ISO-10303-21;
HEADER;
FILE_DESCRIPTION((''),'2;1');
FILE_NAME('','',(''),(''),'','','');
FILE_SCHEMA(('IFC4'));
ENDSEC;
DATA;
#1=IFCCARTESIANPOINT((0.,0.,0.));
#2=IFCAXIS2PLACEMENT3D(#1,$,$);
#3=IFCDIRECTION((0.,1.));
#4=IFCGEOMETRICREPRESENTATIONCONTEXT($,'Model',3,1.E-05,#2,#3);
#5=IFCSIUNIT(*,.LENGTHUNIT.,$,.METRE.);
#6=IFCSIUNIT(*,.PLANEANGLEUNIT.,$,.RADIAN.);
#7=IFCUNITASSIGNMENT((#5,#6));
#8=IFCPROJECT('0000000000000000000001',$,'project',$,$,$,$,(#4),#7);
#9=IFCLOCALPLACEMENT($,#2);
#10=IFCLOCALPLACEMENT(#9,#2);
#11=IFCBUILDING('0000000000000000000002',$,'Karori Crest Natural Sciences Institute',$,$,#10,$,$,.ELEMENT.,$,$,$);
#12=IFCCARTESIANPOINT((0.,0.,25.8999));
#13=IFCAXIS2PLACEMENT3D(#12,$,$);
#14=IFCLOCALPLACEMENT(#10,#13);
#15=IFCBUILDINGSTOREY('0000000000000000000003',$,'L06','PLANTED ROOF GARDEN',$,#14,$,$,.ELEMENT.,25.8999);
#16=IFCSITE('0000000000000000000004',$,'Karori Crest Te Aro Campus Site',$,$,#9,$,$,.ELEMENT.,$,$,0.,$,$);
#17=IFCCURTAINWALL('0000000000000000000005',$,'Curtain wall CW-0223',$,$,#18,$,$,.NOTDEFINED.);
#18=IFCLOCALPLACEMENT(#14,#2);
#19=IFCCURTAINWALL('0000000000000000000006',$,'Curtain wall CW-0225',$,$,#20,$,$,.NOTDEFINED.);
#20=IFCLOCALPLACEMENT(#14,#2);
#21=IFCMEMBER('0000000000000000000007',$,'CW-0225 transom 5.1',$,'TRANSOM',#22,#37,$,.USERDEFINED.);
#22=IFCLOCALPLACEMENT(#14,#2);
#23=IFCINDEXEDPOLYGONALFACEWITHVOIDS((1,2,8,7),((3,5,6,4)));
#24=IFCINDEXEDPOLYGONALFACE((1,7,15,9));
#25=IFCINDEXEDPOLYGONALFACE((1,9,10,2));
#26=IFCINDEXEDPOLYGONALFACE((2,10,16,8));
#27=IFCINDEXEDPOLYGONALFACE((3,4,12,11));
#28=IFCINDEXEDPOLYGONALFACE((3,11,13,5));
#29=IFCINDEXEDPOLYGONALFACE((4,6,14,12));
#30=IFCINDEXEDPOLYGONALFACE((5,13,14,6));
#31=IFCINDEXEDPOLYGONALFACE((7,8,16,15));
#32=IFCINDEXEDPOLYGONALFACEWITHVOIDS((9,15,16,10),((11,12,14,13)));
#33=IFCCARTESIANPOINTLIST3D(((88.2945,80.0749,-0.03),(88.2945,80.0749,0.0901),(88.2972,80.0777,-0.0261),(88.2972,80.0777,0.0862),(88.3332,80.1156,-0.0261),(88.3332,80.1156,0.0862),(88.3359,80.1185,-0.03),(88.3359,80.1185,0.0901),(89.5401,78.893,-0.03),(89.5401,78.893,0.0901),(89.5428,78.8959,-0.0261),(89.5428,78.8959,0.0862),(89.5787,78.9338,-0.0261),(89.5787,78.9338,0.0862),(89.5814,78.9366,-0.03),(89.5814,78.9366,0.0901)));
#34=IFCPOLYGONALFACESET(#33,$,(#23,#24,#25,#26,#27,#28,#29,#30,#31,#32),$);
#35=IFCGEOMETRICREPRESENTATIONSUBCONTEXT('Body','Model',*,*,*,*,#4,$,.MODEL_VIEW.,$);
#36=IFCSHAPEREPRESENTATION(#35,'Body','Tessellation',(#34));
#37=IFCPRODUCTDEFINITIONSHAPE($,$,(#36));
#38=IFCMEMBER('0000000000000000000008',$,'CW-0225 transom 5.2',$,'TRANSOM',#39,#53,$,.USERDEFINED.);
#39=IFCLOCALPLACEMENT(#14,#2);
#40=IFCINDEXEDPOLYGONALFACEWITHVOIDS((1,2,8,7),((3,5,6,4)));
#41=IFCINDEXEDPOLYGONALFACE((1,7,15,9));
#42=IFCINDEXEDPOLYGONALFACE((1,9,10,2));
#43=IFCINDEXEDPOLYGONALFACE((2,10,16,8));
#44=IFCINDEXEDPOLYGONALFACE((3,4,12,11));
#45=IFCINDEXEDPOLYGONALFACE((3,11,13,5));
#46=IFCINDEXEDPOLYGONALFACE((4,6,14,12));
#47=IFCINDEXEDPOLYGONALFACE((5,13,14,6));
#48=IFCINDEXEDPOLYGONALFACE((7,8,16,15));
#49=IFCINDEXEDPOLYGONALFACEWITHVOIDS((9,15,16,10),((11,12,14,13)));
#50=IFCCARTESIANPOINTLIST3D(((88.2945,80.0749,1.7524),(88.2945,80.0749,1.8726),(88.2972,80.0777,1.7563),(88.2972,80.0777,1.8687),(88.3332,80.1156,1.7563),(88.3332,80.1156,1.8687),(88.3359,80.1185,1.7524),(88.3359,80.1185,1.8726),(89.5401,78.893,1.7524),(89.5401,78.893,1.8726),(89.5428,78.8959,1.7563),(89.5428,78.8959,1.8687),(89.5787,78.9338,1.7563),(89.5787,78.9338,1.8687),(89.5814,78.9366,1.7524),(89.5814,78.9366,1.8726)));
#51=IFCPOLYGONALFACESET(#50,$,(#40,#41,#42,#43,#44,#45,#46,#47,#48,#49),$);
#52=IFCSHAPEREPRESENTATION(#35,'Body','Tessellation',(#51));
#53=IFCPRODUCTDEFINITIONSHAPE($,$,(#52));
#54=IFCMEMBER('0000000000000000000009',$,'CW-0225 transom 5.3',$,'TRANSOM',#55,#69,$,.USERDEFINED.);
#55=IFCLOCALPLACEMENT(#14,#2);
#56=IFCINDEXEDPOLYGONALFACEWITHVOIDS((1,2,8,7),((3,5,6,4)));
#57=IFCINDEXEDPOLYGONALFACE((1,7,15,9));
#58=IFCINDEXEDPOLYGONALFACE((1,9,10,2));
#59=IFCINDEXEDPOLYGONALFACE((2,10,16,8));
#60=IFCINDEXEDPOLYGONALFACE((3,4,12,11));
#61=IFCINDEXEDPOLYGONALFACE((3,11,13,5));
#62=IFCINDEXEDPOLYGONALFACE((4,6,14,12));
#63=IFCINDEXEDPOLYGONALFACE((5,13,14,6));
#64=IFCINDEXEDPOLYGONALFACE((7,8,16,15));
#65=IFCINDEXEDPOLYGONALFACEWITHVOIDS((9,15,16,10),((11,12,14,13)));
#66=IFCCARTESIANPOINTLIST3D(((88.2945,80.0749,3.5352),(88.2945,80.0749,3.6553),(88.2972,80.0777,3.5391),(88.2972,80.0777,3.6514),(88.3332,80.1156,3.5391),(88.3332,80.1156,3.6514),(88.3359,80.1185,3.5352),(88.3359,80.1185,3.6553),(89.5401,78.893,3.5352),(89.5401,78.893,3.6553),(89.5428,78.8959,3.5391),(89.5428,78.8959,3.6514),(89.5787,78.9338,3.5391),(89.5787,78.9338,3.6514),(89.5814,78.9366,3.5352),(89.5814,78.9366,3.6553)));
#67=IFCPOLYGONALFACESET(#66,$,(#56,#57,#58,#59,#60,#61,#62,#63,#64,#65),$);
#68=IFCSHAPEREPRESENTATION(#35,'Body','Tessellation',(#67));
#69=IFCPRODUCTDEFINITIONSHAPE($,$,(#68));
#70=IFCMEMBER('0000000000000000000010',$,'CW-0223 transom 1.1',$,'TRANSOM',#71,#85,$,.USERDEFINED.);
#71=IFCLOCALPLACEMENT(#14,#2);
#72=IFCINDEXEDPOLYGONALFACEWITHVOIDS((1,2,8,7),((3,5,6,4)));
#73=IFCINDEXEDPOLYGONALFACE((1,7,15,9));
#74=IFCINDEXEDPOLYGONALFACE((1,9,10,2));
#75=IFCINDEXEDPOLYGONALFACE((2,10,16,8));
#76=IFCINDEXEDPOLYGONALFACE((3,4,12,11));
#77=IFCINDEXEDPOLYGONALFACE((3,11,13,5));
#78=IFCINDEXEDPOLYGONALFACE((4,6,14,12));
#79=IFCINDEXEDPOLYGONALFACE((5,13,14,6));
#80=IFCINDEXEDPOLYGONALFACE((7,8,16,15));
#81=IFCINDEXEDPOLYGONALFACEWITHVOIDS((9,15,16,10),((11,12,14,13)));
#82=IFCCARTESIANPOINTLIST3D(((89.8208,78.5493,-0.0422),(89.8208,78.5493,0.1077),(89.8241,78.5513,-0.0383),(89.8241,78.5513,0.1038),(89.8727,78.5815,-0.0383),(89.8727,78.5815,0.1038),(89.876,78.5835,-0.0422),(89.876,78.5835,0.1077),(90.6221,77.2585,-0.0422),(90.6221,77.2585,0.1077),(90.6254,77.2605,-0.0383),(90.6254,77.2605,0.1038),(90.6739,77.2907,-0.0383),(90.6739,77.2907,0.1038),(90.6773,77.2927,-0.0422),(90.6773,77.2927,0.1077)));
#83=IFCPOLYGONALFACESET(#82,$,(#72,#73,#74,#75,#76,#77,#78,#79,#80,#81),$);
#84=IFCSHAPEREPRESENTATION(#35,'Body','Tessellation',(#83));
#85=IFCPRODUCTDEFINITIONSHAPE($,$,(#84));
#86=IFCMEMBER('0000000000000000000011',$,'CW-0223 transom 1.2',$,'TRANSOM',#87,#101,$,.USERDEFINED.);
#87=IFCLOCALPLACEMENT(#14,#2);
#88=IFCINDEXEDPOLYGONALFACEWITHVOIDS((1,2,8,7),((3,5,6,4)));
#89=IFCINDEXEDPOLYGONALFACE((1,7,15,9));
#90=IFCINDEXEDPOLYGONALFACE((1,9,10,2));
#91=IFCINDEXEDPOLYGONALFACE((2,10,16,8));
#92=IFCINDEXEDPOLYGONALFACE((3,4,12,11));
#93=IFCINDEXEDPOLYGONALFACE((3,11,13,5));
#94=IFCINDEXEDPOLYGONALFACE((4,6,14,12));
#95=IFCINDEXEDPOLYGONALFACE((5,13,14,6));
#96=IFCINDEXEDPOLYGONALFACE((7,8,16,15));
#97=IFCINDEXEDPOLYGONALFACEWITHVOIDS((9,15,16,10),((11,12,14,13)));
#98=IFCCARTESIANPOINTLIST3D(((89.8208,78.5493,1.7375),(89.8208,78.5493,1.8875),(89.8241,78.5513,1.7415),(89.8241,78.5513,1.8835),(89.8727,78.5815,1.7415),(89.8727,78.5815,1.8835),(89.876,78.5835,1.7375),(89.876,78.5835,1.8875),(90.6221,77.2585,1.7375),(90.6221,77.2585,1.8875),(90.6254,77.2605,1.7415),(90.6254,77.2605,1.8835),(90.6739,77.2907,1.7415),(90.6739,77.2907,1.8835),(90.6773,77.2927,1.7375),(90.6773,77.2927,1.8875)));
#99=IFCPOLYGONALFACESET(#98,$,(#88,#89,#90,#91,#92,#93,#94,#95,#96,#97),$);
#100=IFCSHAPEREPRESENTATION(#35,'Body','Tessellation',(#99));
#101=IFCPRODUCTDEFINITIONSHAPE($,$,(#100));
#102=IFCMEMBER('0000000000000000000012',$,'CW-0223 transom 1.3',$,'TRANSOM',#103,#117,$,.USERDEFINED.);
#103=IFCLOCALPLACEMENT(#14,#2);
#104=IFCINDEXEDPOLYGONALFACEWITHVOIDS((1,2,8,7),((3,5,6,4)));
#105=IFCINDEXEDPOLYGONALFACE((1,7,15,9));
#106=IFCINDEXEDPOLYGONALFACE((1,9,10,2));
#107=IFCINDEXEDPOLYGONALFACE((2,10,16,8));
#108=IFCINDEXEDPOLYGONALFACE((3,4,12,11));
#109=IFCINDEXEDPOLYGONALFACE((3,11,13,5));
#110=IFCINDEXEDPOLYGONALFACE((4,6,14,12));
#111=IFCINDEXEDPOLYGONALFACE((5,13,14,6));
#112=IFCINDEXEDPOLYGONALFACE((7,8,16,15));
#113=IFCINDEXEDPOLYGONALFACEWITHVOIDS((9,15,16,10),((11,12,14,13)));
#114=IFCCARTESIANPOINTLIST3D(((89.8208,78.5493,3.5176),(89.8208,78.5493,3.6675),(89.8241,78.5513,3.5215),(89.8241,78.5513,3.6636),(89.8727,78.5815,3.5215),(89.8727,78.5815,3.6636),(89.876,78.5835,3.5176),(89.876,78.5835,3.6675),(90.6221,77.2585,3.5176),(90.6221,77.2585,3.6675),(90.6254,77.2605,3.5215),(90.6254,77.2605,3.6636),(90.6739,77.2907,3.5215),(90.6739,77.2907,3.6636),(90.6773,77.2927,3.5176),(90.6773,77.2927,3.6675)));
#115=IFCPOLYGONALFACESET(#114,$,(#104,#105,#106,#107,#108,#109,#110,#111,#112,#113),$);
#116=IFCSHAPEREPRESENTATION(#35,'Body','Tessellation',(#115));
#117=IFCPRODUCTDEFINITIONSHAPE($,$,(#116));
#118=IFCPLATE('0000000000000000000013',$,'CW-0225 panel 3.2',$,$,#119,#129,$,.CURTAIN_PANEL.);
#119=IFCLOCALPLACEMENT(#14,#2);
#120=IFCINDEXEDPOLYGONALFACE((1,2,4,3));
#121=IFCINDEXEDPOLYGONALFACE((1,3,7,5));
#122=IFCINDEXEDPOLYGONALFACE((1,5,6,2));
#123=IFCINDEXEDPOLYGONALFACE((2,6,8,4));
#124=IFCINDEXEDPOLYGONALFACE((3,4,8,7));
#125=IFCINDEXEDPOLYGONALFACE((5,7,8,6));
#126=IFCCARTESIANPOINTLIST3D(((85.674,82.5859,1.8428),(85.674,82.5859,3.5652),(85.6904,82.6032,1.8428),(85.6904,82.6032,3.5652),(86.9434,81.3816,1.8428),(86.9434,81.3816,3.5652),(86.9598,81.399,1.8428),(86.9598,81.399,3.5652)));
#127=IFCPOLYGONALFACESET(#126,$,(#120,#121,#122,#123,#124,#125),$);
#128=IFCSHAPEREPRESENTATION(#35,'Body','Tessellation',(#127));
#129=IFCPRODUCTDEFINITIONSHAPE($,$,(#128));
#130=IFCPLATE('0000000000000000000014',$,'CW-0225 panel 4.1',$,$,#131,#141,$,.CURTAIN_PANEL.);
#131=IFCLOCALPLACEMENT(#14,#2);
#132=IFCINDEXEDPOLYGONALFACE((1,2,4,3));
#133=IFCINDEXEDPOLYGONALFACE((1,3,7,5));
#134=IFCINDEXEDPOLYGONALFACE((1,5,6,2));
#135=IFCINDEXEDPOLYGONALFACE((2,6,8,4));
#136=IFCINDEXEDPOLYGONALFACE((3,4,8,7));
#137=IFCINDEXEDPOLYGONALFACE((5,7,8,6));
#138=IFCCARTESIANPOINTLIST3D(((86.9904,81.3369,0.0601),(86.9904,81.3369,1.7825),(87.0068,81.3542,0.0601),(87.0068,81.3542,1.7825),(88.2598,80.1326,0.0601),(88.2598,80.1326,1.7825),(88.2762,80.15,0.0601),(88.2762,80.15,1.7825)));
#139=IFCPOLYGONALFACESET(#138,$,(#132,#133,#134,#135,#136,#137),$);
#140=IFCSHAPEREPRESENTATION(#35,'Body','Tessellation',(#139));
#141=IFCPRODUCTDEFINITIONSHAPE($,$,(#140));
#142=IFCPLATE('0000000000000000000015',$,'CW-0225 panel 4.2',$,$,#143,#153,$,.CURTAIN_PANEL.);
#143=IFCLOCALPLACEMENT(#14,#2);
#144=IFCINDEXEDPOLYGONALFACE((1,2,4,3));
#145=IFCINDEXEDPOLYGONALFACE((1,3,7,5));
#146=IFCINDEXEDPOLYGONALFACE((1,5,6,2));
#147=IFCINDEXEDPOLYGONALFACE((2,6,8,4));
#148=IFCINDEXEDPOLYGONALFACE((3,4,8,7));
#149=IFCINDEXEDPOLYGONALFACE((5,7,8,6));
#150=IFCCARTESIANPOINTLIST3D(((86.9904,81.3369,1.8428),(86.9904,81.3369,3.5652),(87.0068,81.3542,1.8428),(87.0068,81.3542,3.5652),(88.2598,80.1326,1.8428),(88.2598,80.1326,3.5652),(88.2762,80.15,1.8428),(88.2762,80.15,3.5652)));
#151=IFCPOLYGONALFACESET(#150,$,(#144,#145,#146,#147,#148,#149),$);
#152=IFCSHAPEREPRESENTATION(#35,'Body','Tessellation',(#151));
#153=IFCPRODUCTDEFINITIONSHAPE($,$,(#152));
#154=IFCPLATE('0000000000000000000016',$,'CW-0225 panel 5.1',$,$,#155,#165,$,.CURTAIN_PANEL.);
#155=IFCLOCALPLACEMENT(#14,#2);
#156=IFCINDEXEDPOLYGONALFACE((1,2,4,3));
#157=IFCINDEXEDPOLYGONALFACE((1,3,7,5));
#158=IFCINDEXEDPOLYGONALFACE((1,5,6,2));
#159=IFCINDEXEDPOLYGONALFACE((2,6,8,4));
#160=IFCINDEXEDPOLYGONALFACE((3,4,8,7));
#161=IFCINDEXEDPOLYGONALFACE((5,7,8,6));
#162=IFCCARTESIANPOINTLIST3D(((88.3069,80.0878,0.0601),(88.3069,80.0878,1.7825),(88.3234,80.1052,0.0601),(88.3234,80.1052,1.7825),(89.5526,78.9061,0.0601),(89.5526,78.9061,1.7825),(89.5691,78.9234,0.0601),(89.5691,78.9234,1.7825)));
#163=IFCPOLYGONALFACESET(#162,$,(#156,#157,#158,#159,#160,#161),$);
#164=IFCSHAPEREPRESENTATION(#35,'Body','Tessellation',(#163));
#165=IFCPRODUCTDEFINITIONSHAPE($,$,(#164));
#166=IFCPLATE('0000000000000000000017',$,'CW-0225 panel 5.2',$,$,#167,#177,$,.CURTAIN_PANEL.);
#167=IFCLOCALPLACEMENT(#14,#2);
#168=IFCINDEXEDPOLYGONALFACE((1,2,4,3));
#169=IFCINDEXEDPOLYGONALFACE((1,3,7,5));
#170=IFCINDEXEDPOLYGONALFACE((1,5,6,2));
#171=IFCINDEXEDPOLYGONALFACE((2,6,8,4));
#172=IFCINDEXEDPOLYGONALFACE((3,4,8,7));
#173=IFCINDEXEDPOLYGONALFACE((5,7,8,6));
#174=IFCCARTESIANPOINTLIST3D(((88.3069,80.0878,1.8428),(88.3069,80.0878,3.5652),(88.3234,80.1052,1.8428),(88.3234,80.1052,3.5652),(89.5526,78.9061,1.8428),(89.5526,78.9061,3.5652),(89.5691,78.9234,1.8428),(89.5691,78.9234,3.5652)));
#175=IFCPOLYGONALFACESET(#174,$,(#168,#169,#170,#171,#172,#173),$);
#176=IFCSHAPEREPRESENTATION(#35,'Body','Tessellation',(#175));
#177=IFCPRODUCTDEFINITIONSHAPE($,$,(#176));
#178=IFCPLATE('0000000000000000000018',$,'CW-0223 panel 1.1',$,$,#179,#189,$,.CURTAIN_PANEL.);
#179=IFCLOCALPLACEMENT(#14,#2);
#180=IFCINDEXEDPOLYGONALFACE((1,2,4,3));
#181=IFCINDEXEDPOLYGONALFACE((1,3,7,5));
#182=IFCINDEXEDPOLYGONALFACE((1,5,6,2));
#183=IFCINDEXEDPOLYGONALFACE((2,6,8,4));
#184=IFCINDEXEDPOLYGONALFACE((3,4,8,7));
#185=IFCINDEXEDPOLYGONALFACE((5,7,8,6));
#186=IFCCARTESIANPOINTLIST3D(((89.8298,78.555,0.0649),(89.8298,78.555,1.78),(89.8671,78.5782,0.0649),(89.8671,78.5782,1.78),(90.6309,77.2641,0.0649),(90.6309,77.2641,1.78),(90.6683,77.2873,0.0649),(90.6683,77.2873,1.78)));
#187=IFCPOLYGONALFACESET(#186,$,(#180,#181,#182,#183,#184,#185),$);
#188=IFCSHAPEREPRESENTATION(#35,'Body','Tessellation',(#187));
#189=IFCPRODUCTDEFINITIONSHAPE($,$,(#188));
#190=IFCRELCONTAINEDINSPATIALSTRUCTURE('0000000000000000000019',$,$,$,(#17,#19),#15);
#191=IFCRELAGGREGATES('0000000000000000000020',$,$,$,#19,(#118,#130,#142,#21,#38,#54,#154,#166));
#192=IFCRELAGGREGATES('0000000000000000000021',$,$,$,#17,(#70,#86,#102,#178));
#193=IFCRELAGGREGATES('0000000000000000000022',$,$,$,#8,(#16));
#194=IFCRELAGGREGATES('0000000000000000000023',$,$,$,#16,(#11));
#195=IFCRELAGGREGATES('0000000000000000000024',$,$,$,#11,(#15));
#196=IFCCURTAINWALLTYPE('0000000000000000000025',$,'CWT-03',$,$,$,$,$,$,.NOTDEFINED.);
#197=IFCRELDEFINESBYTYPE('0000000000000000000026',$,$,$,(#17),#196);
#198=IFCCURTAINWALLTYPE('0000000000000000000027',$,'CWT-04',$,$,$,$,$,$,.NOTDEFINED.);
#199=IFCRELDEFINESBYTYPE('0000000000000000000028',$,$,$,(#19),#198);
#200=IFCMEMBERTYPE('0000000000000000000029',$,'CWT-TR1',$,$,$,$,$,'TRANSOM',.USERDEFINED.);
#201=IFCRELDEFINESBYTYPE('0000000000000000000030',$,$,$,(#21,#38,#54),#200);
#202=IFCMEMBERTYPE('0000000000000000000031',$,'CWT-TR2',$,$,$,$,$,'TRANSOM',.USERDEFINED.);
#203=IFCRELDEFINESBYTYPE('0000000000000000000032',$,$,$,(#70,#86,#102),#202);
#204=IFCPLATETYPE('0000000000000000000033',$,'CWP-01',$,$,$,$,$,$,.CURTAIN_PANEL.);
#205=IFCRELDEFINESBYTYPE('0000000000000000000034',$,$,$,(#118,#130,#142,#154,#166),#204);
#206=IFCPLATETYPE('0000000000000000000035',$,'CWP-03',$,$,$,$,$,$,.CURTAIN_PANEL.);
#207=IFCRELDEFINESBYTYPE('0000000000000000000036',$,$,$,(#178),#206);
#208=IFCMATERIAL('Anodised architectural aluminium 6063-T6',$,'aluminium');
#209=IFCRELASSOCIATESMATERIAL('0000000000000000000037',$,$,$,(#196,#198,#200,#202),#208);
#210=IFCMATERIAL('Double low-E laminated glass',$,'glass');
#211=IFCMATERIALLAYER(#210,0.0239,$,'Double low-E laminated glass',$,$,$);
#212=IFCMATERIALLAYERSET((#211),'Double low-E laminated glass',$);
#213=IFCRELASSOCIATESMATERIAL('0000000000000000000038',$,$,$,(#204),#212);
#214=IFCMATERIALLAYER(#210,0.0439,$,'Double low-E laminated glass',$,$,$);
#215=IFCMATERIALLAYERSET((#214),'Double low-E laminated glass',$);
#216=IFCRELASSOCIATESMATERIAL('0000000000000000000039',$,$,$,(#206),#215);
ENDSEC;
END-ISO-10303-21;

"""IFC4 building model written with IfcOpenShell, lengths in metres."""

from ifc_helpers import new_model, si_unit, direction, frame, origin, origin_2d, place, context, subcontext, project, spatial, rectangle, hollow_rectangle, extrude, material, layer, layer_set, material_profile, profile_set, type_object, element, aggregate, save


model = new_model("IFC4")

# Units and contexts
model_context = context("Model", 3, precision=1e-05, world=origin(), true_north=direction((0.0, 1.0)))
body_context = subcontext(model_context, "Body", "Model", "MODEL_VIEW")
ifc_project = project(units=[si_unit("LENGTHUNIT", "METRE"), si_unit("PLANEANGLEUNIT", "RADIAN")], contexts=[model_context])

# Site, building, storey
site_placement = place(None, origin())
site = spatial("IfcSite", under=ifc_project, at=site_placement, Name="Karori Crest Te Aro Campus Site", CompositionType="ELEMENT", RefElevation=0.0)
building_placement = place(site_placement, origin())
building = spatial("IfcBuilding", under=site, at=building_placement, Name="Karori Crest Natural Sciences Institute", CompositionType="ELEMENT")
storey_placement = place(building_placement, frame((0.0, 0.0, 25.8999)))
storey = spatial("IfcBuildingStorey", under=building, at=storey_placement, Name="L06", Description="PLANTED ROOF GARDEN", CompositionType="ELEMENT", Elevation=25.8999)

# Curtain wall
ifc_material_1 = material(Name="Anodised architectural aluminium 6063-T6", Category="aluminium")
curtain_wall_type_1 = type_object("IfcCurtainWallType", Name="CWT-03", PredefinedType="NOTDEFINED", material=ifc_material_1)
curtain_wall_1_placement = place(storey_placement, origin())
curtain_wall_1 = element("IfcCurtainWall", 1, at=curtain_wall_1_placement, inside=storey, type_object=curtain_wall_type_1, Name="Curtain wall CW-0223", PredefinedType="NOTDEFINED")

# Curtain wall, members
curtain_wall_type_2 = type_object("IfcCurtainWallType", Name="CWT-04", PredefinedType="NOTDEFINED", material=ifc_material_1)
curtain_wall_2_placement = place(storey_placement, origin())
curtain_wall_2 = element("IfcCurtainWall", 2, at=curtain_wall_2_placement, inside=storey, type_object=curtain_wall_type_2, Name="Curtain wall CW-0225", PredefinedType="NOTDEFINED")
ifc_material_profile_1 = material_profile(ifc_material_1, hollow_rectangle(XDim=0.0601, YDim=0.1201, WallThickness=0.0039, at=origin_2d()), Name="CWT120x60x4")
ifc_profile_set_1 = profile_set([ifc_material_profile_1], Name="Anodised architectural aluminium 6063-T6")
member_type_1 = type_object("IfcMemberType", Name="CWT-TR1", ElementType="TRANSOM", PredefinedType="USERDEFINED", material=ifc_profile_set_1)
member_1_placement = place(storey_placement, frame((88.3152, 80.0967, 0.03), z_axis=(0.725418, -0.688308, 0.0), x_axis=(0.688308, 0.725418, 0.0)))
member_1 = element("IfcMember", 3, at=member_1_placement, type_object=member_type_1, Name="CW-0225 transom 5.1", ObjectType="TRANSOM", PredefinedType="USERDEFINED", context=body_context, shape_type="SweptSolid", body=[
    extrude(hollow_rectangle(XDim=0.0601, YDim=0.1201, WallThickness=0.0039, at=origin_2d()), origin(), (0.0, 0.0, 1.0), 1.717),
])
member_2_placement = place(storey_placement, frame((88.3152, 80.0967, 1.8125), z_axis=(0.725418, -0.688308, 0.0), x_axis=(0.688308, 0.725418, 0.0)))
member_2 = element("IfcMember", 4, at=member_2_placement, type_object=member_type_1, Name="CW-0225 transom 5.2", ObjectType="TRANSOM", PredefinedType="USERDEFINED", context=body_context, shape_type="SweptSolid", body=[
    extrude(hollow_rectangle(XDim=0.0601, YDim=0.1201, WallThickness=0.0039, at=origin_2d()), origin(), (0.0, 0.0, 1.0), 1.717),
])
member_3_placement = place(storey_placement, frame((88.3152, 80.0967, 3.5952), z_axis=(0.725418, -0.688308, 0.0), x_axis=(0.688308, 0.725418, 0.0)))
member_3 = element("IfcMember", 5, at=member_3_placement, type_object=member_type_1, Name="CW-0225 transom 5.3", ObjectType="TRANSOM", PredefinedType="USERDEFINED", context=body_context, shape_type="SweptSolid", body=[
    extrude(hollow_rectangle(XDim=0.0601, YDim=0.1201, WallThickness=0.0039, at=origin_2d()), origin(), (0.0, 0.0, 1.0), 1.717),
])

# Members
ifc_material_profile_2 = material_profile(ifc_material_1, hollow_rectangle(XDim=0.0649, YDim=0.1499, WallThickness=0.0039, at=origin_2d()), Name="CWT150x65x4")
ifc_profile_set_2 = profile_set([ifc_material_profile_2], Name="Anodised architectural aluminium 6063-T6")
member_type_2 = type_object("IfcMemberType", Name="CWT-TR2", ElementType="TRANSOM", PredefinedType="USERDEFINED", material=ifc_profile_set_2)
member_4_placement = place(storey_placement, frame((89.8484, 78.5664, 0.0327), z_axis=(0.527411, -0.84961, 0.0), x_axis=(0.84961, 0.527411, 0.0)))
member_4 = element("IfcMember", 6, at=member_4_placement, type_object=member_type_2, Name="CW-0223 transom 1.1", ObjectType="TRANSOM", PredefinedType="USERDEFINED", context=body_context, shape_type="SweptSolid", body=[
    extrude(hollow_rectangle(XDim=0.0649, YDim=0.1499, WallThickness=0.0039, at=origin_2d()), origin(), (0.0, 0.0, 1.0), 1.5193),
])
member_5_placement = place(storey_placement, frame((89.8484, 78.5664, 1.8125), z_axis=(0.527411, -0.84961, 0.0), x_axis=(0.84961, 0.527411, 0.0)))
member_5 = element("IfcMember", 7, at=member_5_placement, type_object=member_type_2, Name="CW-0223 transom 1.2", ObjectType="TRANSOM", PredefinedType="USERDEFINED", context=body_context, shape_type="SweptSolid", body=[
    extrude(hollow_rectangle(XDim=0.0649, YDim=0.1499, WallThickness=0.0039, at=origin_2d()), origin(), (0.0, 0.0, 1.0), 1.5193),
])
member_6_placement = place(storey_placement, frame((89.8484, 78.5664, 3.5925), z_axis=(0.527411, -0.84961, 0.0), x_axis=(0.84961, 0.527411, 0.0)))
member_6 = element("IfcMember", 8, at=member_6_placement, type_object=member_type_2, Name="CW-0223 transom 1.3", ObjectType="TRANSOM", PredefinedType="USERDEFINED", context=body_context, shape_type="SweptSolid", body=[
    extrude(hollow_rectangle(XDim=0.0649, YDim=0.1499, WallThickness=0.0039, at=origin_2d()), origin(), (0.0, 0.0, 1.0), 1.5193),
])

# Plates
ifc_material_2 = material(Name="Double low-E laminated glass", Category="glass")
ifc_layer_1 = layer(ifc_material_2, 0.0239, Name="Double low-E laminated glass")
ifc_layer_set_1 = layer_set([ifc_layer_1], Name="Double low-E laminated glass")
plate_type_1 = type_object("IfcPlateType", Name="CWP-01", PredefinedType="CURTAIN_PANEL", material=ifc_layer_set_1)
plate_1_placement = place(storey_placement, frame((86.3169, 81.9924, 1.8428), z_axis=(0.0, 0.0, 1.0), x_axis=(0.725471, -0.688252, 0.0)))
plate_1 = element("IfcPlate", 9, at=plate_1_placement, type_object=plate_type_1, Name="CW-0225 panel 3.2", PredefinedType="CURTAIN_PANEL", context=body_context, shape_type="SweptSolid", body=[
    extrude(rectangle(XDim=1.7498, YDim=0.0239, at=origin_2d()), origin(), (0.0, 0.0, 1.0), 1.7224),
])
plate_2_placement = place(storey_placement, frame((87.6333, 80.7434, 0.0601), z_axis=(0.0, 0.0, 1.0), x_axis=(0.725471, -0.688252, 0.0)))
plate_2 = element("IfcPlate", 10, at=plate_2_placement, type_object=plate_type_1, Name="CW-0225 panel 4.1", PredefinedType="CURTAIN_PANEL", context=body_context, shape_type="SweptSolid", body=[
    extrude(rectangle(XDim=1.7498, YDim=0.0239, at=origin_2d()), origin(), (0.0, 0.0, 1.0), 1.7224),
])
plate_3_placement = place(storey_placement, frame((87.6333, 80.7434, 1.8428), z_axis=(0.0, 0.0, 1.0), x_axis=(0.725471, -0.688252, 0.0)))
plate_3 = element("IfcPlate", 11, at=plate_3_placement, type_object=plate_type_1, Name="CW-0225 panel 4.2", PredefinedType="CURTAIN_PANEL", context=body_context, shape_type="SweptSolid", body=[
    extrude(rectangle(XDim=1.7498, YDim=0.0239, at=origin_2d()), origin(), (0.0, 0.0, 1.0), 1.7224),
])
plate_4_placement = place(storey_placement, frame((88.938, 79.5056, 0.0601), z_axis=(0.0, 0.0, 1.0), x_axis=(0.725471, -0.688252, 0.0)))
plate_4 = element("IfcPlate", 12, at=plate_4_placement, type_object=plate_type_1, Name="CW-0225 panel 5.1", PredefinedType="CURTAIN_PANEL", context=body_context, shape_type="SweptSolid", body=[
    extrude(rectangle(XDim=1.717, YDim=0.0239, at=origin_2d()), origin(), (0.0, 0.0, 1.0), 1.7224),
])
plate_5_placement = place(storey_placement, frame((88.938, 79.5056, 1.8428), z_axis=(0.0, 0.0, 1.0), x_axis=(0.725471, -0.688252, 0.0)))
plate_5 = element("IfcPlate", 13, at=plate_5_placement, type_object=plate_type_1, Name="CW-0225 panel 5.2", PredefinedType="CURTAIN_PANEL", context=body_context, shape_type="SweptSolid", body=[
    extrude(rectangle(XDim=1.717, YDim=0.0239, at=origin_2d()), origin(), (0.0, 0.0, 1.0), 1.7224),
])
aggregate(curtain_wall_2, [plate_1, plate_2, plate_3, member_1, member_2, member_3, plate_4, plate_5])
ifc_layer_2 = layer(ifc_material_2, 0.0439, Name="Double low-E laminated glass")
ifc_layer_set_2 = layer_set([ifc_layer_2], Name="Double low-E laminated glass")
plate_type_2 = type_object("IfcPlateType", Name="CWP-03", PredefinedType="CURTAIN_PANEL", material=ifc_layer_set_2)
plate_6_placement = place(storey_placement, frame((90.249, 77.9211, 0.0649), z_axis=(0.0, 0.0, 1.0), x_axis=(0.527328, -0.849662, 0.0)))
plate_6 = element("IfcPlate", 14, at=plate_6_placement, type_object=plate_type_2, Name="CW-0223 panel 1.1", PredefinedType="CURTAIN_PANEL", context=body_context, shape_type="SweptSolid", body=[
    extrude(rectangle(XDim=1.5193, YDim=0.0439, at=origin_2d()), origin(), (0.0, 0.0, 1.0), 1.7151),
])
aggregate(curtain_wall_1, [member_4, member_5, member_6, plate_6])

save(model, "model.ifc")
